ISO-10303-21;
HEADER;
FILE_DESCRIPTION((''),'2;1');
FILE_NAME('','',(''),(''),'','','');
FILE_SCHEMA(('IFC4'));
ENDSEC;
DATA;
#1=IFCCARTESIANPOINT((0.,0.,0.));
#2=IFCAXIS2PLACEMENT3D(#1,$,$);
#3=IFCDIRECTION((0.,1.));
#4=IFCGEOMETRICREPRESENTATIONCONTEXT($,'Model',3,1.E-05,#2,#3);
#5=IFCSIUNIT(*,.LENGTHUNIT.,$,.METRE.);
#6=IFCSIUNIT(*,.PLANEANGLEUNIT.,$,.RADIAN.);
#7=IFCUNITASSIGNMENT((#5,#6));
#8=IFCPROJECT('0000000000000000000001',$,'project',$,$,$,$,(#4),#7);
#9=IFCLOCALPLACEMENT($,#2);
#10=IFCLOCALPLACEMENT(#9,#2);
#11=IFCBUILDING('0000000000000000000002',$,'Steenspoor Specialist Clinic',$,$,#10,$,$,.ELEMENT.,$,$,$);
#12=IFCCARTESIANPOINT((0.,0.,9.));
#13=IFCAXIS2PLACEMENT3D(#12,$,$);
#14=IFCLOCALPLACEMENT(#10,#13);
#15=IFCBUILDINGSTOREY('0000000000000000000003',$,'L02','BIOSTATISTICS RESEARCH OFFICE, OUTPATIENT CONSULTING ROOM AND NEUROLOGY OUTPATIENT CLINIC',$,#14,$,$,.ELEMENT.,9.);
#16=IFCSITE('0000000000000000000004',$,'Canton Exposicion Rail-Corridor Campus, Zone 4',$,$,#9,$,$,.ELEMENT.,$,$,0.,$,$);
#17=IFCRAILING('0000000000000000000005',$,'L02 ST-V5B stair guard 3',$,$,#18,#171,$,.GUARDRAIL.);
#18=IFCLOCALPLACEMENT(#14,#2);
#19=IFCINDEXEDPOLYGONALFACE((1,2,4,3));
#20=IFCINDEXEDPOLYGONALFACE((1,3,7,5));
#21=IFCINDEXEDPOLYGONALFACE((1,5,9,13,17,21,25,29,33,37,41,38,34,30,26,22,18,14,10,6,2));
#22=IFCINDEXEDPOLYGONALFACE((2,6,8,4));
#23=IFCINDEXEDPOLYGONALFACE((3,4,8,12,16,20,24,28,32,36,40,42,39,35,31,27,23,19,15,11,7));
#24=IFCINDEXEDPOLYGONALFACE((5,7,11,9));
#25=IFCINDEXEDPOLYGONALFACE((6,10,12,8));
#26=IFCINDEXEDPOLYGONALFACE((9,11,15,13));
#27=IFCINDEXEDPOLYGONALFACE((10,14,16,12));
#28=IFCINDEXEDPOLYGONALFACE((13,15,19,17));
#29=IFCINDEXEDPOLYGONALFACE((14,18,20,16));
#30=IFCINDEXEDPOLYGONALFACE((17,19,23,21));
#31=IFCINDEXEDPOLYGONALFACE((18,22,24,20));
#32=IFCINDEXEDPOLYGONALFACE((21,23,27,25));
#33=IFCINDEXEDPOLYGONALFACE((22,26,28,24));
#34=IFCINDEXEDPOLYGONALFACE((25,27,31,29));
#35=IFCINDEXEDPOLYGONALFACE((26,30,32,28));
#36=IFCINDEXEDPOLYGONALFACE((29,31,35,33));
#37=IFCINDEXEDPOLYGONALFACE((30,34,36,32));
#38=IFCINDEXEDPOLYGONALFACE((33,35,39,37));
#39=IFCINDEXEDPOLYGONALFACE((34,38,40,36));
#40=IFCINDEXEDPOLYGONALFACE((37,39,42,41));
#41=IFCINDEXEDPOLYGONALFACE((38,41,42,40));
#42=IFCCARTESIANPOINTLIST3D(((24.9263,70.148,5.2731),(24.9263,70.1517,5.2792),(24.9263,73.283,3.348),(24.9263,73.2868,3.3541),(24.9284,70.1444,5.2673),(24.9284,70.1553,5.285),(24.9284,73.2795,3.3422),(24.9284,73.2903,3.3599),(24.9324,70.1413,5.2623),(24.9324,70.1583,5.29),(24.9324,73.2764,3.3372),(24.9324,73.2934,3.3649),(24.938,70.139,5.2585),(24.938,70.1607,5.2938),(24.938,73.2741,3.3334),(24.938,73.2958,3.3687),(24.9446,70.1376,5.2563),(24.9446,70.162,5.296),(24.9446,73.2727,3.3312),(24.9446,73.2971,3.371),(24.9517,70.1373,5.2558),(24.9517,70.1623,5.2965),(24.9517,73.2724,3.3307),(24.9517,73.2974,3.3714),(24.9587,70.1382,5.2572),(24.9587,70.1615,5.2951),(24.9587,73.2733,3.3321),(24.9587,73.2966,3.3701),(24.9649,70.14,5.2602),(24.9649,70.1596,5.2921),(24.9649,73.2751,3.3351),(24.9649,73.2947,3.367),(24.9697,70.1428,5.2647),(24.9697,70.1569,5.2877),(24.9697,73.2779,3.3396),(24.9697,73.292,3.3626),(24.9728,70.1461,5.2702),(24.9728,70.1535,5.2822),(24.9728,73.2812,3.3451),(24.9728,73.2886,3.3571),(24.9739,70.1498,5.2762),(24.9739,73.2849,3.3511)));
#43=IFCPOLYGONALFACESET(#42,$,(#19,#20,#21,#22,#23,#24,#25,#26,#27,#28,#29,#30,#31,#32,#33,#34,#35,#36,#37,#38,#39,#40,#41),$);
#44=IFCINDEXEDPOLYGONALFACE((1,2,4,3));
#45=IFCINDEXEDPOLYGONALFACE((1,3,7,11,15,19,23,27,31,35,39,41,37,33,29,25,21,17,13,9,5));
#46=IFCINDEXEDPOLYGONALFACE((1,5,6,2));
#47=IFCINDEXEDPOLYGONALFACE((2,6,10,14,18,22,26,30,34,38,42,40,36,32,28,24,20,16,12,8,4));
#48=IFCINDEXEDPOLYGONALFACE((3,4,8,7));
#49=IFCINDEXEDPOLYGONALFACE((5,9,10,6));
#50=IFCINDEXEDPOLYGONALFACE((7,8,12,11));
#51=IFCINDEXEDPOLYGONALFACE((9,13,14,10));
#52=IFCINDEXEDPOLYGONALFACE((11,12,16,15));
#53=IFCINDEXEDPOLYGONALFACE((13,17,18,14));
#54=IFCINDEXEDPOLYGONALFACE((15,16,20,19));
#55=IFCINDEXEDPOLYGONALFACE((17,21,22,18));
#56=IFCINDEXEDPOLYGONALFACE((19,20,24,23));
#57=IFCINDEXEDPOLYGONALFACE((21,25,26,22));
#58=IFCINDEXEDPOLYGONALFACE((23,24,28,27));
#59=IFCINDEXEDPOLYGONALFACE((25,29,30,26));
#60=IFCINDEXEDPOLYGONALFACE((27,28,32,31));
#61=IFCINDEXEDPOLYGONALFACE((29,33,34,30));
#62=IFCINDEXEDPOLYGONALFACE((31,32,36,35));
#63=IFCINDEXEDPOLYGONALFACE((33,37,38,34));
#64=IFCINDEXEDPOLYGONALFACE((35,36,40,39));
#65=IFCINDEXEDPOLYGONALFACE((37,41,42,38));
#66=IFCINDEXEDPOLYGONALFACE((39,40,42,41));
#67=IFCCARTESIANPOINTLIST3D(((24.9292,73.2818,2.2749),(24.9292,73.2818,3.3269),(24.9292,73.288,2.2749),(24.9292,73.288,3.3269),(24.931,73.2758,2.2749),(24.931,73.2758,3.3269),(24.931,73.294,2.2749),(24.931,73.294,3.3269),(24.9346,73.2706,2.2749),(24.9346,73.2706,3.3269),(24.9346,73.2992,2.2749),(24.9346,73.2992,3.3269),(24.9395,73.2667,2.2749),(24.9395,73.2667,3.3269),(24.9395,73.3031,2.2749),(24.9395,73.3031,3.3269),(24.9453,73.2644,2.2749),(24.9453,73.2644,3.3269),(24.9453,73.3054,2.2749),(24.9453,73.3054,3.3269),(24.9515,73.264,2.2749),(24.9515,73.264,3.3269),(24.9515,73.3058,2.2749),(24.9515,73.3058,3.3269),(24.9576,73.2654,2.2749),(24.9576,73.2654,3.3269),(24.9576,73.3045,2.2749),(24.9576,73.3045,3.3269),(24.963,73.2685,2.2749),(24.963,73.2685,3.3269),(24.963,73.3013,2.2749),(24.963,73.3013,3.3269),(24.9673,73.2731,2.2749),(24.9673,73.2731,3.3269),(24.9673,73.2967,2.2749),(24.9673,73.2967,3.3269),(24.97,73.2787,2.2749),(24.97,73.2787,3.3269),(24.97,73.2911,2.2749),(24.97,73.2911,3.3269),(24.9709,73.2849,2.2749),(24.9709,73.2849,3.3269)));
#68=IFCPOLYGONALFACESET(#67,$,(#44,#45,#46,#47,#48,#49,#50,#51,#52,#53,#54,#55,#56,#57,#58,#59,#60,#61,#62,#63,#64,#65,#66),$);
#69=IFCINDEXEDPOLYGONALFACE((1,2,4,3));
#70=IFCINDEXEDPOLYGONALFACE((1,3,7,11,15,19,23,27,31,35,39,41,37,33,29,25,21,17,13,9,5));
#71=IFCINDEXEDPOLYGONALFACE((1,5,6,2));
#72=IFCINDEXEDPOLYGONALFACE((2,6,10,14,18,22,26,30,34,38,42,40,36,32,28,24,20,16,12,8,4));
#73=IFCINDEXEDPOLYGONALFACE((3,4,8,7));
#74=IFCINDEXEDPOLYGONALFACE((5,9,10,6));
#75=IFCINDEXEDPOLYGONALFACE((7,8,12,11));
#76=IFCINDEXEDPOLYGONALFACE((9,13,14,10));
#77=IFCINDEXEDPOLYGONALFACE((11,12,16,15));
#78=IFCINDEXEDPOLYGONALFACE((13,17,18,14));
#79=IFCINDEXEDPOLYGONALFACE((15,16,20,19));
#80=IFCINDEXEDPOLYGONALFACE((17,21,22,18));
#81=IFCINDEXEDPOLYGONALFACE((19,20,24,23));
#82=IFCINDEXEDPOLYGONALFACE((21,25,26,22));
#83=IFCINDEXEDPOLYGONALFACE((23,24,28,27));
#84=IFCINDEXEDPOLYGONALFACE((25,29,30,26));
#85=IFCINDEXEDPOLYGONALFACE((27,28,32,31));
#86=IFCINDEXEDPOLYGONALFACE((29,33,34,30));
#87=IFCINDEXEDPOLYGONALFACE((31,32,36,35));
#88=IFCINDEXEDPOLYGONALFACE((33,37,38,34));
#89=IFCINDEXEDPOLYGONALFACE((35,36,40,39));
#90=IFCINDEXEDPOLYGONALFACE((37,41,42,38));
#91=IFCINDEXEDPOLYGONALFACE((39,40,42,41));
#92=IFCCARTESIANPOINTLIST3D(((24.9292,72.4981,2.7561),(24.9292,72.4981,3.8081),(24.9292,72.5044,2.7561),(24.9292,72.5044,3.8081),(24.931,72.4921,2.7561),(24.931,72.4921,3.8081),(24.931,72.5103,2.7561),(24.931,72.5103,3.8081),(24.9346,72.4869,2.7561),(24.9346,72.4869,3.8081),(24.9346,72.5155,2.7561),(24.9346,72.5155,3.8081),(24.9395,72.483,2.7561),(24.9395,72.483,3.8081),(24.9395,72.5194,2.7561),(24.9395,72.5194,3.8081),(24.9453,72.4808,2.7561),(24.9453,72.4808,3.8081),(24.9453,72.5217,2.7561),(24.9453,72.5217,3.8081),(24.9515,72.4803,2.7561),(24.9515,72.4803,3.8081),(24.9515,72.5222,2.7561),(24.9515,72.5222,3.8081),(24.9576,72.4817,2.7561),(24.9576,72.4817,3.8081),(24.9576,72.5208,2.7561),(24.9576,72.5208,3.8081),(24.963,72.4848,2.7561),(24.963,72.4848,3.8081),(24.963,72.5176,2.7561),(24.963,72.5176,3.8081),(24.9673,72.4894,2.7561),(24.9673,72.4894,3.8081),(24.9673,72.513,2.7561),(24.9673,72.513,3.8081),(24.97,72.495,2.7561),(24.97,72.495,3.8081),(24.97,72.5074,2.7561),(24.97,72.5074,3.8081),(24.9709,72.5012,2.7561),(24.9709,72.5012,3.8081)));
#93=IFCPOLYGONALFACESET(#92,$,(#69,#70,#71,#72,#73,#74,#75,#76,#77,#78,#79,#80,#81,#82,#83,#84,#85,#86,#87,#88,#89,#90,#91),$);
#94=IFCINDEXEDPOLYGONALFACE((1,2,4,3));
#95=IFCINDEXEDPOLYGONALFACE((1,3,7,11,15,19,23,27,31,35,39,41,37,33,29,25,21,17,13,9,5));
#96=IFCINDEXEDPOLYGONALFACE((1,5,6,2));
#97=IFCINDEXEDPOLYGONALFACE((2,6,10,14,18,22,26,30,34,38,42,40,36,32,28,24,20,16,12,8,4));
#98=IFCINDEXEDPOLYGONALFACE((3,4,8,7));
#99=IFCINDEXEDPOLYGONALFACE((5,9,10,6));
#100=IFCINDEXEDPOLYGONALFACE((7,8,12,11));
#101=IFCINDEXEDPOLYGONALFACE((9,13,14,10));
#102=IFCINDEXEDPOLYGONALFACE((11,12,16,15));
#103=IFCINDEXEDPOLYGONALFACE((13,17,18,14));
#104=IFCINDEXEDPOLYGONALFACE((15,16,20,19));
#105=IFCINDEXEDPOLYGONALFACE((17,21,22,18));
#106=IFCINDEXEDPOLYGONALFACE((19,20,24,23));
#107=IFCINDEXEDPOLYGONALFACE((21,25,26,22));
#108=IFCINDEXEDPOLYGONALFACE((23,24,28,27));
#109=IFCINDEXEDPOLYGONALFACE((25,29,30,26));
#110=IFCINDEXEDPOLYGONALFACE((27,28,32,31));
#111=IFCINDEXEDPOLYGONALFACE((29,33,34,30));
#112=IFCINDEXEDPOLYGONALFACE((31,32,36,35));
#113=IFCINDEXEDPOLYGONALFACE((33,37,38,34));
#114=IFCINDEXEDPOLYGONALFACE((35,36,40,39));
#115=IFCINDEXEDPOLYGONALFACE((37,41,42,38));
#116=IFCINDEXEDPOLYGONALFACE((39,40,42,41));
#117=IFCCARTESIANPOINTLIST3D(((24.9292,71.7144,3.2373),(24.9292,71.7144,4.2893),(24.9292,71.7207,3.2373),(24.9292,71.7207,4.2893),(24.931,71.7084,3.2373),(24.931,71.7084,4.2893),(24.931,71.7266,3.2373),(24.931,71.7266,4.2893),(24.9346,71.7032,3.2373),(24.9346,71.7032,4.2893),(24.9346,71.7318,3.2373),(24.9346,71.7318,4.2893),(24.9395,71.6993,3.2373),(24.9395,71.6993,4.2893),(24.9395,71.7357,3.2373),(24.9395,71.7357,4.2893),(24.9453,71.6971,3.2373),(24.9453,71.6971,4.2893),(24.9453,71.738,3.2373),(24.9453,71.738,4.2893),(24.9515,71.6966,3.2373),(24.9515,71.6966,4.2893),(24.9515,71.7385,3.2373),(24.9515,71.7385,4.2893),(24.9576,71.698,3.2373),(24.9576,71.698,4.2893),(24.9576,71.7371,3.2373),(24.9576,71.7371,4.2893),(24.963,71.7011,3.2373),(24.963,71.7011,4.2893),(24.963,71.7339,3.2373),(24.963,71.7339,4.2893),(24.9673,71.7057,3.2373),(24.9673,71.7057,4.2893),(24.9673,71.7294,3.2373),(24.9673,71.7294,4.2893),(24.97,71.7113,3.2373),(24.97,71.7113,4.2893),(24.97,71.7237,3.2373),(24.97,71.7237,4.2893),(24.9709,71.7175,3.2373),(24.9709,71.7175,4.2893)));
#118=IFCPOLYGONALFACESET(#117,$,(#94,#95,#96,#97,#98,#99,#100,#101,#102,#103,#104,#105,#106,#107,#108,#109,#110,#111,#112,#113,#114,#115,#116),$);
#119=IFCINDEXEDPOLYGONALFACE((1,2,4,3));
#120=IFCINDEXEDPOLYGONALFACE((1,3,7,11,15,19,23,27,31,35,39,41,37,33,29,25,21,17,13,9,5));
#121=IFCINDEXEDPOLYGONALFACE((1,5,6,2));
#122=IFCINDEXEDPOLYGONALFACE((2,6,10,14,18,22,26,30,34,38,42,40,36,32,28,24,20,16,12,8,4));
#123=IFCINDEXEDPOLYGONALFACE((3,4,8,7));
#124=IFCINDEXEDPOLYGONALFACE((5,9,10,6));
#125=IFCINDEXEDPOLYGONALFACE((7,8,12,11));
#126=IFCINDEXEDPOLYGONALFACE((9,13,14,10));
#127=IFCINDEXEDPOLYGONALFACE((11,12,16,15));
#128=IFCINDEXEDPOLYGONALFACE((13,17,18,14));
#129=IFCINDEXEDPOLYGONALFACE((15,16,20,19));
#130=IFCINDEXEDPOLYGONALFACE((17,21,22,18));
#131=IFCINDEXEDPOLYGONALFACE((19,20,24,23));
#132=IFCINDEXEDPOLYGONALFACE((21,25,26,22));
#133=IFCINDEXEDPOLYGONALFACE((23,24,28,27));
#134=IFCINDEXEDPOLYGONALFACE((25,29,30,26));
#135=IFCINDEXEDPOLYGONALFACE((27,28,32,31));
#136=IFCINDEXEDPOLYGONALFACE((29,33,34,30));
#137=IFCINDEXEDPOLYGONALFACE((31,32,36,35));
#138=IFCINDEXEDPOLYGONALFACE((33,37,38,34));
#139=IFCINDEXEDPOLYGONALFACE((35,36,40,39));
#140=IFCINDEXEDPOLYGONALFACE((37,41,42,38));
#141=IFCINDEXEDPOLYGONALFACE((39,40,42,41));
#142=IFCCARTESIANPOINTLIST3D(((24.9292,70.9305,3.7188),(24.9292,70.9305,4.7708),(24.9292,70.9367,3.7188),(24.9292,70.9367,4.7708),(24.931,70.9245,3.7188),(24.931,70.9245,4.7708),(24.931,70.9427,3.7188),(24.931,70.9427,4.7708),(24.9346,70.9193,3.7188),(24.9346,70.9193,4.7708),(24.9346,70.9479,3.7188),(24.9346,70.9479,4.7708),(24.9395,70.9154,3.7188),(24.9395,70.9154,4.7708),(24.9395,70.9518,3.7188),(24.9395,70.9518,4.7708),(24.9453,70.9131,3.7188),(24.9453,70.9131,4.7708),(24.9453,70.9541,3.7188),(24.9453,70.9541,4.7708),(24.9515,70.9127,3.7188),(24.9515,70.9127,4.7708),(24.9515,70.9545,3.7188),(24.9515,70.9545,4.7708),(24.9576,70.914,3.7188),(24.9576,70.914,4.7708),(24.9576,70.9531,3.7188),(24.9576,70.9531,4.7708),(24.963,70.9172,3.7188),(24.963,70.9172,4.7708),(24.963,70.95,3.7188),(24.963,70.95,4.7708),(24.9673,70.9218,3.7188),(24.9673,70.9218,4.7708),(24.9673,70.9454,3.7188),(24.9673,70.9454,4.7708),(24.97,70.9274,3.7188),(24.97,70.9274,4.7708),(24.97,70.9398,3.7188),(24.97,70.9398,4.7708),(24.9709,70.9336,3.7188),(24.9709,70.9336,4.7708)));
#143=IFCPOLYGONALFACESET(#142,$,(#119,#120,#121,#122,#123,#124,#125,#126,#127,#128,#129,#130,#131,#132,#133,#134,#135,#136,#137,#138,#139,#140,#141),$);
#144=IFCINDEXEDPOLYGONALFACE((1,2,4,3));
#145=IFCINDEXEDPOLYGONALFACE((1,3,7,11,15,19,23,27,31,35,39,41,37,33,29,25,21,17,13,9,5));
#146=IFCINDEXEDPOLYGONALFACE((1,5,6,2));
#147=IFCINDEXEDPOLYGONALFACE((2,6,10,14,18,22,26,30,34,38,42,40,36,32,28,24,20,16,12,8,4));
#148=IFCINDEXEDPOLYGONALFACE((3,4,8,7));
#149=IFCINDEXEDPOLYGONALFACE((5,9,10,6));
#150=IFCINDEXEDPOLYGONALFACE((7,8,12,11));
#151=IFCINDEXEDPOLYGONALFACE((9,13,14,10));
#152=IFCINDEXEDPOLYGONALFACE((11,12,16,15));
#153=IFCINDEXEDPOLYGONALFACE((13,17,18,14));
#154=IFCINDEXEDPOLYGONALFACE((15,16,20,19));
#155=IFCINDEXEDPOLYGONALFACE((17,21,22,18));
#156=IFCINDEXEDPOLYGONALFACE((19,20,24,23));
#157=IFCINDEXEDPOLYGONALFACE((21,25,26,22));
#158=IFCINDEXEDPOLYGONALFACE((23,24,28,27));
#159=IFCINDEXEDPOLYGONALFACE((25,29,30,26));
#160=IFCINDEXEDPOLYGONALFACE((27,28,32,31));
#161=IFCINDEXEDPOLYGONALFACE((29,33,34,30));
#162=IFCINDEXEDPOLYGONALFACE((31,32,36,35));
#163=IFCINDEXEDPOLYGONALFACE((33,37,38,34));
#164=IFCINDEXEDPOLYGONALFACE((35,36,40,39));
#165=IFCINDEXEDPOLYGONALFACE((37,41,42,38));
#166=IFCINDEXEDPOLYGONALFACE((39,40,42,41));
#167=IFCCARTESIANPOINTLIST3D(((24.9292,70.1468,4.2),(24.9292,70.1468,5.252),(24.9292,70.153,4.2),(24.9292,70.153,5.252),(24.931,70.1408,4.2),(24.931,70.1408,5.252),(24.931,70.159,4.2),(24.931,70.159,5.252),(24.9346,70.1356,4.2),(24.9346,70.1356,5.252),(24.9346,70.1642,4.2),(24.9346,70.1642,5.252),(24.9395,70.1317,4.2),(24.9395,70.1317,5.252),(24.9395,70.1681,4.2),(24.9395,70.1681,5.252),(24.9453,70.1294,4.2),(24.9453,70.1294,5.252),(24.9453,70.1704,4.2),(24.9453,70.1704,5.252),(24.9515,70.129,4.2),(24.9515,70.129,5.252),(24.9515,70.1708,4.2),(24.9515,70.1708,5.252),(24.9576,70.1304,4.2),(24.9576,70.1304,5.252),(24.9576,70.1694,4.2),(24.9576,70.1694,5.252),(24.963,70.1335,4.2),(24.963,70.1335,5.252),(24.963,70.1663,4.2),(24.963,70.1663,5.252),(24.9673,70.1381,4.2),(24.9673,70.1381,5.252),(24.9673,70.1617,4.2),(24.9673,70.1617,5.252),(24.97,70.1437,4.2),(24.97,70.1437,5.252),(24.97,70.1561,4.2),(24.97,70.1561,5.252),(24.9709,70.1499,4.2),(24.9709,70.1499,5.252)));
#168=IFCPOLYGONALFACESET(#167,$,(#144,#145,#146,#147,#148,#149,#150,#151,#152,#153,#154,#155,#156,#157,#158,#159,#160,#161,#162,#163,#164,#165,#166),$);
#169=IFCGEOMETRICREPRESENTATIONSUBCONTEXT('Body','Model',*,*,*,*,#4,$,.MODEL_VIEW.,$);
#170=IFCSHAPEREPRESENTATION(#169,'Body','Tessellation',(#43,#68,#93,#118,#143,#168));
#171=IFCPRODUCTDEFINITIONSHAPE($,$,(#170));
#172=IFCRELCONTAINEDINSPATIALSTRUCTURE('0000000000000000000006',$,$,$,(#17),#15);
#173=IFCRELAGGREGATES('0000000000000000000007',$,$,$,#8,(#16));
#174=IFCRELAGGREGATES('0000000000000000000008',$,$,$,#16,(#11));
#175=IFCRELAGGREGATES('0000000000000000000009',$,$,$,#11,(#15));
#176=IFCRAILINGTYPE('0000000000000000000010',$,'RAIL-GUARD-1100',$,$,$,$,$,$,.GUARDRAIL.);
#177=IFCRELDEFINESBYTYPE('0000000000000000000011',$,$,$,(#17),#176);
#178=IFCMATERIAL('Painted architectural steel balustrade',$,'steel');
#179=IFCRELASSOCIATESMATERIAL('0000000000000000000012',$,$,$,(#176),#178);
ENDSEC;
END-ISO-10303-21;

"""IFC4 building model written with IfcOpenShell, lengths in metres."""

from ifc_helpers import new_model, si_unit, direction, frame, origin, origin_2d, place, context, subcontext, project, spatial, circle, extrude, material, type_object, element, save


model = new_model("IFC4")

# Units and contexts
model_context = context("Model", 3, precision=1e-05, world=origin(), true_north=direction((0.0, 1.0)))
body_context = subcontext(model_context, "Body", "Model", "MODEL_VIEW")
ifc_project = project(units=[si_unit("LENGTHUNIT", "METRE"), si_unit("PLANEANGLEUNIT", "RADIAN")], contexts=[model_context])

# Site, building, storey
site_placement = place(None, origin())
site = spatial("IfcSite", under=ifc_project, at=site_placement, Name="Canton Exposicion Rail-Corridor Campus, Zone 4", CompositionType="ELEMENT", RefElevation=0.0)
building_placement = place(site_placement, origin())
building = spatial("IfcBuilding", under=site, at=building_placement, Name="Steenspoor Specialist Clinic", CompositionType="ELEMENT")
storey_placement = place(building_placement, frame((0.0, 0.0, 9.0)))
storey = spatial("IfcBuildingStorey", under=building, at=storey_placement, Name="L02", Description="BIOSTATISTICS RESEARCH OFFICE, OUTPATIENT CONSULTING ROOM AND NEUROLOGY OUTPATIENT CLINIC", CompositionType="ELEMENT", Elevation=9.0)

# Railing
ifc_material_1 = material(Name="Painted architectural steel balustrade", Category="steel")
railing_type_1 = type_object("IfcRailingType", Name="RAIL-GUARD-1100", PredefinedType="GUARDRAIL", material=ifc_material_1)
railing_1_placement = place(storey_placement, frame((24.95, 73.2849, 2.2749)))
element("IfcRailing", 1, at=railing_1_placement, inside=storey, type_object=railing_type_1, Name="L02 ST-V5B stair guard 3", PredefinedType="GUARDRAIL", context=body_context, shape_type="SweptSolid", body=[
    extrude(circle(Radius=0.0239, at=origin_2d()), frame((0.0, 0.0, 1.0762), z_axis=(0.0, -0.852166, 0.523271), x_axis=(1.0, 0.0, 0.0)), (0.0, 0.0, 1.0), 3.679),
    extrude(circle(Radius=0.021, at=origin_2d()), origin(), (0.0, 0.0, 1.0), 1.052),
    extrude(circle(Radius=0.021, at=origin_2d()), frame((0.0, -0.7837, 0.4812)), (0.0, 0.0, 1.0), 1.052),
    extrude(circle(Radius=0.021, at=origin_2d()), frame((0.0, -1.5674, 0.9624)), (0.0, 0.0, 1.0), 1.052),
    extrude(circle(Radius=0.021, at=origin_2d()), frame((0.0, -2.3513, 1.4438)), (0.0, 0.0, 1.0), 1.052),
    extrude(circle(Radius=0.021, at=origin_2d()), frame((0.0, -3.135, 1.925)), (0.0, 0.0, 1.0), 1.052),
])

save(model, "model.ifc")
